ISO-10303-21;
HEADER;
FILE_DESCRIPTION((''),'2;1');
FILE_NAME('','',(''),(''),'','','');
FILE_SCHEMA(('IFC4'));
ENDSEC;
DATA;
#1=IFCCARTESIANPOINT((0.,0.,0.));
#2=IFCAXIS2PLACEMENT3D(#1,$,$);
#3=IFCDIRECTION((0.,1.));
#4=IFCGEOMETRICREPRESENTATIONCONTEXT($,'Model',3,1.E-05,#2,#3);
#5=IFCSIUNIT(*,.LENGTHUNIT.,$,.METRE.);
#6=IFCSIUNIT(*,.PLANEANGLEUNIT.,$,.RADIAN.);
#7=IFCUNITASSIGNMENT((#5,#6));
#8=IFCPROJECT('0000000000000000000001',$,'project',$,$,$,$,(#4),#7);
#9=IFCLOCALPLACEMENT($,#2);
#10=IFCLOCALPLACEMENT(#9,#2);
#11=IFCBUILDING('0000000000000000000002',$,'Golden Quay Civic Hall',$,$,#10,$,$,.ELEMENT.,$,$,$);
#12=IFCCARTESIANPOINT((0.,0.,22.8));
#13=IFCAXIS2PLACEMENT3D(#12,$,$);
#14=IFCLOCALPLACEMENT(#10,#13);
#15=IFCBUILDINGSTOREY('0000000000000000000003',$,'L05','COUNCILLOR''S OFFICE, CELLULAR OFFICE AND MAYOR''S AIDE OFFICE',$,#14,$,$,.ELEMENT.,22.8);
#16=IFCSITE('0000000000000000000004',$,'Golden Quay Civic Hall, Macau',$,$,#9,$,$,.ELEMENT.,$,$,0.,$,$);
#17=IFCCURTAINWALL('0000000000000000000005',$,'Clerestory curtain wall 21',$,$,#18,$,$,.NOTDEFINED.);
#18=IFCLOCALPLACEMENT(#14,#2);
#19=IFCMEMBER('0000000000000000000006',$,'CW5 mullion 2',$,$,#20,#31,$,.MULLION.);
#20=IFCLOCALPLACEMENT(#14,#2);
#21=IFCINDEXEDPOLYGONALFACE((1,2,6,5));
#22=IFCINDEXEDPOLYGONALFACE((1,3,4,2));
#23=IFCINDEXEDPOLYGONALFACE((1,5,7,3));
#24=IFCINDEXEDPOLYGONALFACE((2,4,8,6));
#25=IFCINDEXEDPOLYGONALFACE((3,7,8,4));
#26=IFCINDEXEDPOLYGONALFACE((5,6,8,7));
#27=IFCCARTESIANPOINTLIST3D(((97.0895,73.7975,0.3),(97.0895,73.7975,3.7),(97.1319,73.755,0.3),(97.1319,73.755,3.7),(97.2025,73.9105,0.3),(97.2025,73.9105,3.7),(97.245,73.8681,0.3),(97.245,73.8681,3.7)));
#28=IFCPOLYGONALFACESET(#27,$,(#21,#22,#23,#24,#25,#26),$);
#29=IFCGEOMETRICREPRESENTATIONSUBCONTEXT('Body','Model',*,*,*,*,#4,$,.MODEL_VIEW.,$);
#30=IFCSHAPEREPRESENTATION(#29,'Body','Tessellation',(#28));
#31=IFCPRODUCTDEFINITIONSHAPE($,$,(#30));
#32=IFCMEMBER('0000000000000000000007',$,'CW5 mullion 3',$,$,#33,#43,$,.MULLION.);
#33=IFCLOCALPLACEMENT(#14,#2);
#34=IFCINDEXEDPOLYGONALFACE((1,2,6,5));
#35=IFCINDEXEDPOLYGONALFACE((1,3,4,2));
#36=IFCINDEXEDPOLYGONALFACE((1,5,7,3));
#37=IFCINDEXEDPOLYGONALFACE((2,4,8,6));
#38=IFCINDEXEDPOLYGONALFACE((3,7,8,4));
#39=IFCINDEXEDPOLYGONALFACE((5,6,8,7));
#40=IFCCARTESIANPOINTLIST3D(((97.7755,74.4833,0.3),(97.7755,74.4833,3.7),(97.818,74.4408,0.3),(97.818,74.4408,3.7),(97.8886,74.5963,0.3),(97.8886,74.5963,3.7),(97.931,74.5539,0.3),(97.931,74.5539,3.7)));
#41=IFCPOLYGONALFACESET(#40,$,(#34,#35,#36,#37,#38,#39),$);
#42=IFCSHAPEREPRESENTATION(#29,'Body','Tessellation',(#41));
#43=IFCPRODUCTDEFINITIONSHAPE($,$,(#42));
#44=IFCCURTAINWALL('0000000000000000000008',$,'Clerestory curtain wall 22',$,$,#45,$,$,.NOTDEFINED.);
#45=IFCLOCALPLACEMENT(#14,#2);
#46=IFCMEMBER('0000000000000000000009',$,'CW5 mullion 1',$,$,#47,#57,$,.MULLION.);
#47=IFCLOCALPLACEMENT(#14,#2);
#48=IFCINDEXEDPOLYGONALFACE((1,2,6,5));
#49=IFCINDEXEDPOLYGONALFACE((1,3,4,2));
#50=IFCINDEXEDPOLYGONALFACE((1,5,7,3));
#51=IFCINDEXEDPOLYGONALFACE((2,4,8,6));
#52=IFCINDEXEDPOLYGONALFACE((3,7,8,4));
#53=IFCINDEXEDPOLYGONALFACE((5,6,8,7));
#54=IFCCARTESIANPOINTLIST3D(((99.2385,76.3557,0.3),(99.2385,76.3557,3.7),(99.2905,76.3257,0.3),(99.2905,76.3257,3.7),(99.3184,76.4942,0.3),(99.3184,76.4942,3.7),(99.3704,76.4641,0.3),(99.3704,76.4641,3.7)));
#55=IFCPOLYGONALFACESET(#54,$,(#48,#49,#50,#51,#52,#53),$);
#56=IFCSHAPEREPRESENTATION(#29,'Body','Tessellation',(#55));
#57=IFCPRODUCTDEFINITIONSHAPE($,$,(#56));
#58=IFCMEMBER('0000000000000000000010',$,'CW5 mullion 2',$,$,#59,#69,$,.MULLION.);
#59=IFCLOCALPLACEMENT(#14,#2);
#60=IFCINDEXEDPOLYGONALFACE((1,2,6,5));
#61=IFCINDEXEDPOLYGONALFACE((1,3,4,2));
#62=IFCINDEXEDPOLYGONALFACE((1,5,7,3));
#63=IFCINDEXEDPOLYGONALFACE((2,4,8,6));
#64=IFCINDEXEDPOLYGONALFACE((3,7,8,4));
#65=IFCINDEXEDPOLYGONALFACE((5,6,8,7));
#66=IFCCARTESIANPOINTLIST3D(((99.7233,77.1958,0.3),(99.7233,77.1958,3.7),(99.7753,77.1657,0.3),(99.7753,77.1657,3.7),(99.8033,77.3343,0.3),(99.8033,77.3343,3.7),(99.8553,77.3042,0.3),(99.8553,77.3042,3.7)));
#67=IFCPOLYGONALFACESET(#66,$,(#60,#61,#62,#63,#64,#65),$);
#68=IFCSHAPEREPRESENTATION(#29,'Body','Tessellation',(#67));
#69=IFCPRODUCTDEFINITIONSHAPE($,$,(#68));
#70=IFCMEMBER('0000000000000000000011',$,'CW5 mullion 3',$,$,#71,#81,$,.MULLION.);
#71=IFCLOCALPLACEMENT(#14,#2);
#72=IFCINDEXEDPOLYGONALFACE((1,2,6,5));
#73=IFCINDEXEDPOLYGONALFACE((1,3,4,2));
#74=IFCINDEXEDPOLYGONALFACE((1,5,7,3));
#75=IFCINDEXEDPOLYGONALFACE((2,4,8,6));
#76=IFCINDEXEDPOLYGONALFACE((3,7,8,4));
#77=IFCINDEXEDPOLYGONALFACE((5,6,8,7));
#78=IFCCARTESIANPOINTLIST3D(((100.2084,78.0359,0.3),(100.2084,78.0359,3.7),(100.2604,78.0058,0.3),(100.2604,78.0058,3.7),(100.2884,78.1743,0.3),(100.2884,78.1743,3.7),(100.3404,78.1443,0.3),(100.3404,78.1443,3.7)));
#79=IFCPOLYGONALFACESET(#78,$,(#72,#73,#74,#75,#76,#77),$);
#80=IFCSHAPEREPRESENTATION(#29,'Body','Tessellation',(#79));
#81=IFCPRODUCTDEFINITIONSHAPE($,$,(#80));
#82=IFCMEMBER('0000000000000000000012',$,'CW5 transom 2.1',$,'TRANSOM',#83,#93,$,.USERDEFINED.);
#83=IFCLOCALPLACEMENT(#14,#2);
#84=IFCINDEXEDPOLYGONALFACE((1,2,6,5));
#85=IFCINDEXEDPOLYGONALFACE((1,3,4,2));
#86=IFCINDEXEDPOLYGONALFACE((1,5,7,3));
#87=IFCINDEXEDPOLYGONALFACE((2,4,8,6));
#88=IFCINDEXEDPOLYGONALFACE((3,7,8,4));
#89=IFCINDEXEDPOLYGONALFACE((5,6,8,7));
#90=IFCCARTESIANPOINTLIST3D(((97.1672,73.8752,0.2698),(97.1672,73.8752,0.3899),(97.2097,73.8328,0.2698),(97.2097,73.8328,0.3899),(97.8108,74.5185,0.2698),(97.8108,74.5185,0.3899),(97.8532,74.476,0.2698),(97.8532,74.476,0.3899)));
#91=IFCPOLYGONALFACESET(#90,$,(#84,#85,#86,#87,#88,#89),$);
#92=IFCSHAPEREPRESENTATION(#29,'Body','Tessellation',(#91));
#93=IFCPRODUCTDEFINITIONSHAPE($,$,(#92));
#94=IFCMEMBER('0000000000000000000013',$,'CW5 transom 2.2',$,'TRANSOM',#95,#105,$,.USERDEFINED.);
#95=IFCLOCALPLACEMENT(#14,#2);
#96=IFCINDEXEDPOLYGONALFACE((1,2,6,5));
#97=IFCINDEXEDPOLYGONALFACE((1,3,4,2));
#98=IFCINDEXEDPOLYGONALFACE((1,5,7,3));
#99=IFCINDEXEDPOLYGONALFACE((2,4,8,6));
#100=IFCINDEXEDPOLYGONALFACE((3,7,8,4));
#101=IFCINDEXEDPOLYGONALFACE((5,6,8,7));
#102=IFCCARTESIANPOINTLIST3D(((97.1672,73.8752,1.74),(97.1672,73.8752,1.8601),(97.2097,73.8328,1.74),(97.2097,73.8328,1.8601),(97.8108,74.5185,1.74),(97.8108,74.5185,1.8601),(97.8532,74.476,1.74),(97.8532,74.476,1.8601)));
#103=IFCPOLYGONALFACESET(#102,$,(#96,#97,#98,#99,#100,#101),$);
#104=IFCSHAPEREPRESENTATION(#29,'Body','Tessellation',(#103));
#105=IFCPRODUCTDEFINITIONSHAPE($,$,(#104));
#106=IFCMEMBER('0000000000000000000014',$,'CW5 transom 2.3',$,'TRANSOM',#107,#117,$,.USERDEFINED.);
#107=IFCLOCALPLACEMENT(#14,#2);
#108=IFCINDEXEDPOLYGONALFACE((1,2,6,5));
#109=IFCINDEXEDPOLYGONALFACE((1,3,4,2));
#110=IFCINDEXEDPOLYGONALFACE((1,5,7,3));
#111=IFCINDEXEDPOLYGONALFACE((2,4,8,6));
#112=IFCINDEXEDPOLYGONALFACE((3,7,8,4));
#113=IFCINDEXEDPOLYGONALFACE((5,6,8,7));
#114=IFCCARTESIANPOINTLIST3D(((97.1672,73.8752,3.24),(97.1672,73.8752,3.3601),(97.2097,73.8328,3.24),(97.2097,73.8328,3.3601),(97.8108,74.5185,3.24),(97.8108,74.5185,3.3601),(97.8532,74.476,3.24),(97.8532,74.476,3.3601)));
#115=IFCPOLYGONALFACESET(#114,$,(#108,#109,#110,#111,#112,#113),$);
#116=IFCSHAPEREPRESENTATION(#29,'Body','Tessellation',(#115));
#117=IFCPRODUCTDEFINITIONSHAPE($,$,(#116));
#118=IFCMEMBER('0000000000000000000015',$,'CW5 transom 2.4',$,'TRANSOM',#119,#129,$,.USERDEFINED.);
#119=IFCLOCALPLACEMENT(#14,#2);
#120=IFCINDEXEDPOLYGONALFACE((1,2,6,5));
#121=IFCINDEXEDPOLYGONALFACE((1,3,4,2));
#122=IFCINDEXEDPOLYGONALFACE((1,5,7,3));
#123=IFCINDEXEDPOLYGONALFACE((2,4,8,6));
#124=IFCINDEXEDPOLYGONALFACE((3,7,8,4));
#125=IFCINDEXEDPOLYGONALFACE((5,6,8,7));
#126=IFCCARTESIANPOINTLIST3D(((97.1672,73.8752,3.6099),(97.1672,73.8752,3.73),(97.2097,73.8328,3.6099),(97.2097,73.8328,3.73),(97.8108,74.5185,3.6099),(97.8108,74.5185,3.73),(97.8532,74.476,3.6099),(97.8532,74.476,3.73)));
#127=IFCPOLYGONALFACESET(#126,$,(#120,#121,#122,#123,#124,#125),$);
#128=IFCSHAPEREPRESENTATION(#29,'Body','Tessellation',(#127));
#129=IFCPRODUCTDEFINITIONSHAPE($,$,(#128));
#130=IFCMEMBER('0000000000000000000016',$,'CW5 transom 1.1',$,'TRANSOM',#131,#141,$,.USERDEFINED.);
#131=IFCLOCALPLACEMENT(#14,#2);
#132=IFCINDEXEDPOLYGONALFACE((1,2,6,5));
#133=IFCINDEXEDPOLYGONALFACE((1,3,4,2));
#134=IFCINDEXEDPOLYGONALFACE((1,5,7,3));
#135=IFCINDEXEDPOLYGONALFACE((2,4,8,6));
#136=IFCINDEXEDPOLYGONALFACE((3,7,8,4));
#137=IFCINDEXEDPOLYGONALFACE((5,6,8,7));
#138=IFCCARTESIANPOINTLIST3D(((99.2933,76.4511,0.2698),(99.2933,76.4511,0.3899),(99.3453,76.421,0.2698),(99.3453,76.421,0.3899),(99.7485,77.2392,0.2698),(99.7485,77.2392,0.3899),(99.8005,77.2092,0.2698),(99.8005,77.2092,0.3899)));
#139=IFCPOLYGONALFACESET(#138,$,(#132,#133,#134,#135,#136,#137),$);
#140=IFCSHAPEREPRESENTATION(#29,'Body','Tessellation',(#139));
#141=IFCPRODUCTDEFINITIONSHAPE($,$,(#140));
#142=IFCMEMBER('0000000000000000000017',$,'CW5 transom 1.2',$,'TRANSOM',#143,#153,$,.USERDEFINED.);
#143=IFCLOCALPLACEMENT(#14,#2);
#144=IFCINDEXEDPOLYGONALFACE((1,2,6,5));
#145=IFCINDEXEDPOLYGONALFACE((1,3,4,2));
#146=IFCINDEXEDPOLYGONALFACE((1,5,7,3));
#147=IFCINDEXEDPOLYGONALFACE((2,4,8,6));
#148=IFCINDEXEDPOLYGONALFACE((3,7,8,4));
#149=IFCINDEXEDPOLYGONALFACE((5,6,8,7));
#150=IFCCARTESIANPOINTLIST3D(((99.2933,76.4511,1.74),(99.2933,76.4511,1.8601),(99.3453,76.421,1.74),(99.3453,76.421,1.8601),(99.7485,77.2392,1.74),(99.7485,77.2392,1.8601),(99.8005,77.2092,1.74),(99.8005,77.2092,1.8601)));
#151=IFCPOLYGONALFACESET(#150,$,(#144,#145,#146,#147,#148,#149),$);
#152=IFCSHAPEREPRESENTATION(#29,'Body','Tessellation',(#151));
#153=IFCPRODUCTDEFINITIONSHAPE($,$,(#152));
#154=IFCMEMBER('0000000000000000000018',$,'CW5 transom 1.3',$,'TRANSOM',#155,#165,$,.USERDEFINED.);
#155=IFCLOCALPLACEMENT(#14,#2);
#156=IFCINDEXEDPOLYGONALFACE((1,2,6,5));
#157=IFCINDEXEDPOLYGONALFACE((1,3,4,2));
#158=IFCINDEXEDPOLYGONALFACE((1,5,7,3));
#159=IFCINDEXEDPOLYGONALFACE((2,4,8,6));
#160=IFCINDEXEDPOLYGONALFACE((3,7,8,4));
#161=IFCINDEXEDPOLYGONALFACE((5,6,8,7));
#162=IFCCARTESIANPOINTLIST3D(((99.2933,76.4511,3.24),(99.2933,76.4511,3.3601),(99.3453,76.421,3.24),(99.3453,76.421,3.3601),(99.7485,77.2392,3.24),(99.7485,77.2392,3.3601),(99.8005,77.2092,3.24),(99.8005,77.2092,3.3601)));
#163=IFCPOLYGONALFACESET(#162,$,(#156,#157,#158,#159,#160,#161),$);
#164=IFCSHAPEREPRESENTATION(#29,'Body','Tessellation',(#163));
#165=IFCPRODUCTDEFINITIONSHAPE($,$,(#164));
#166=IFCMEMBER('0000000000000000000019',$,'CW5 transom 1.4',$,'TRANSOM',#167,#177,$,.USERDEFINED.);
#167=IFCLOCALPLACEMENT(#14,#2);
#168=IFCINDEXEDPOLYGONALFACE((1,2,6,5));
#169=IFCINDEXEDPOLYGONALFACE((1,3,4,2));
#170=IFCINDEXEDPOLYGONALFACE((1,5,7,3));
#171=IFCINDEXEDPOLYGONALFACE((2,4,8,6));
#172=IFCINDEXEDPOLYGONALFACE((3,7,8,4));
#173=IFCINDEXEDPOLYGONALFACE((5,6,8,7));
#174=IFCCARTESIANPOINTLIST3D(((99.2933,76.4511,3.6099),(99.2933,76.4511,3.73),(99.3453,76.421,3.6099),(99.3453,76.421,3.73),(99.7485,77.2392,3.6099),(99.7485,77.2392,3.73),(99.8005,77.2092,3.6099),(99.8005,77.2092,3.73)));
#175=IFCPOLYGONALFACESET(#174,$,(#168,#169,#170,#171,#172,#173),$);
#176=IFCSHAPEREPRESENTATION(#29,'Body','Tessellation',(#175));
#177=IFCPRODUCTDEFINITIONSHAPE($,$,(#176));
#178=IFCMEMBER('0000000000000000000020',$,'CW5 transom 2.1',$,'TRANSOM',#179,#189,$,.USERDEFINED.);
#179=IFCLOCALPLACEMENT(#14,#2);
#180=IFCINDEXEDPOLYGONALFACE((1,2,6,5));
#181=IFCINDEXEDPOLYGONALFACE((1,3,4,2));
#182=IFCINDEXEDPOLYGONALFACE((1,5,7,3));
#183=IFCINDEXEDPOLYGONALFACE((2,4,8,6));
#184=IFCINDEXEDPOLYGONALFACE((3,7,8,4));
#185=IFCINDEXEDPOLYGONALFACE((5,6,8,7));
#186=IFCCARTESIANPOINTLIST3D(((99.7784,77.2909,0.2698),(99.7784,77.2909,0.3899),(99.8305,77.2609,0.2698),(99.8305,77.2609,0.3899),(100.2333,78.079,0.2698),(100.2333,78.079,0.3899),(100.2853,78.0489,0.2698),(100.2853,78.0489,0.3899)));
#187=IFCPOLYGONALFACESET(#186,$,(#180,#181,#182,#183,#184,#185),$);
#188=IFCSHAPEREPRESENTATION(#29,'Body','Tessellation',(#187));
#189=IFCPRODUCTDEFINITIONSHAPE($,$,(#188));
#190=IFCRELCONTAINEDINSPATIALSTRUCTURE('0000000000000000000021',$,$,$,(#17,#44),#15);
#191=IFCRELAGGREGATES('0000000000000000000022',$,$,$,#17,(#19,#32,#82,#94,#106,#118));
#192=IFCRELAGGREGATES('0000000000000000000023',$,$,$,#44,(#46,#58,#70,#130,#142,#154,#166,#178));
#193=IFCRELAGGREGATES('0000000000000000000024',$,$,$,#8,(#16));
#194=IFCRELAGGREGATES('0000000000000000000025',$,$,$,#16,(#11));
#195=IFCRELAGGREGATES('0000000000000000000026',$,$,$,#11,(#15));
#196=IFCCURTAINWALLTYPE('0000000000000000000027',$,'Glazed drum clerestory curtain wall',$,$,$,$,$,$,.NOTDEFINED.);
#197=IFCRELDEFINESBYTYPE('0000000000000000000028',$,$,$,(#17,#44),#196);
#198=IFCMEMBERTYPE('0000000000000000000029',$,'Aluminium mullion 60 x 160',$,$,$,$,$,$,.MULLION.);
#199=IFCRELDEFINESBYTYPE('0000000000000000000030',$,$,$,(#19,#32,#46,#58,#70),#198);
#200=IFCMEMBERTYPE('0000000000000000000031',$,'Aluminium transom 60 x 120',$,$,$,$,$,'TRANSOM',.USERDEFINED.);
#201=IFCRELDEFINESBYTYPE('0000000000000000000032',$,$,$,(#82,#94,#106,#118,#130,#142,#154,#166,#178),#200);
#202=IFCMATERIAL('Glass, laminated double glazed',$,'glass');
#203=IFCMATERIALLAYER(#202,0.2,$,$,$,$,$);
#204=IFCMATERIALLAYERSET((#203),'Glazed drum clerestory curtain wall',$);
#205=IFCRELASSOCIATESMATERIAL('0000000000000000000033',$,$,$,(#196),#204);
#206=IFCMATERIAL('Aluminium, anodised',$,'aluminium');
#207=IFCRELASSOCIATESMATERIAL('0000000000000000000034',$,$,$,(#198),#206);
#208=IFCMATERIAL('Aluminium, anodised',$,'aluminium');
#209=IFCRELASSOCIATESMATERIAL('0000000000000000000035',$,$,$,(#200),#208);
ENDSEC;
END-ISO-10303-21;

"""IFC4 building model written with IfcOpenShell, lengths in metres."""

from ifc_helpers import new_model, si_unit, direction, frame, origin, origin_2d, place, context, subcontext, project, spatial, rectangle, extrude, material, layer, layer_set, material_profile, profile_set, type_object, element, aggregate, save


model = new_model("IFC4")

# Units and contexts
model_context = context("Model", 3, precision=1e-05, world=origin(), true_north=direction((0.0, 1.0)))
body_context = subcontext(model_context, "Body", "Model", "MODEL_VIEW")
ifc_project = project(units=[si_unit("LENGTHUNIT", "METRE"), si_unit("PLANEANGLEUNIT", "RADIAN")], contexts=[model_context])

# Site, building, storey
site_placement = place(None, origin())
site = spatial("IfcSite", under=ifc_project, at=site_placement, Name="Golden Quay Civic Hall, Macau", CompositionType="ELEMENT", RefElevation=0.0)
building_placement = place(site_placement, origin())
building = spatial("IfcBuilding", under=site, at=building_placement, Name="Golden Quay Civic Hall", CompositionType="ELEMENT")
storey_placement = place(building_placement, frame((0.0, 0.0, 22.8)))
storey = spatial("IfcBuildingStorey", under=building, at=storey_placement, Name="L05", Description="COUNCILLOR'S OFFICE, CELLULAR OFFICE AND MAYOR'S AIDE OFFICE", CompositionType="ELEMENT", Elevation=22.8)

# Curtain walls, members
ifc_material_1 = material(Name="Glass, laminated double glazed", Category="glass")
ifc_layer_1 = layer(ifc_material_1, 0.2)
ifc_layer_set_1 = layer_set([ifc_layer_1], Name="Glazed drum clerestory curtain wall")
curtain_wall_type = type_object("IfcCurtainWallType", Name="Glazed drum clerestory curtain wall", PredefinedType="NOTDEFINED", material=ifc_layer_set_1)
curtain_wall_1_placement = place(storey_placement, origin())
curtain_wall_1 = element("IfcCurtainWall", 1, at=curtain_wall_1_placement, inside=storey, type_object=curtain_wall_type, Name="Clerestory curtain wall 21", PredefinedType="NOTDEFINED")
ifc_material_2 = material(Name="Aluminium, anodised", Category="aluminium")
ifc_material_profile_1 = material_profile(ifc_material_2, rectangle(XDim=0.0601, YDim=0.1599, at=origin_2d()), Name="Aluminium 60 x 160")
ifc_profile_set_1 = profile_set([ifc_material_profile_1], Name="Aluminium, anodised")
member_type_1 = type_object("IfcMemberType", Name="Aluminium mullion 60 x 160", PredefinedType="MULLION", material=ifc_profile_set_1)
member_1_placement = place(storey_placement, frame((97.1672, 73.8328, 0.3), z_axis=(0.0, 0.0, 1.0), x_axis=(-0.707107, 0.707107, 0.0)))
member_1 = element("IfcMember", 2, at=member_1_placement, type_object=member_type_1, Name="CW5 mullion 2", PredefinedType="MULLION", context=body_context, shape_type="SweptSolid", body=[
    extrude(rectangle(XDim=0.0601, YDim=0.1599, at=origin_2d()), origin(), (0.0, 0.0, 1.0), 3.3999),
])
member_2_placement = place(storey_placement, frame((97.8533, 74.5186, 0.3), z_axis=(0.0, 0.0, 1.0), x_axis=(-0.707107, 0.707107, 0.0)))
member_2 = element("IfcMember", 3, at=member_2_placement, type_object=member_type_1, Name="CW5 mullion 3", PredefinedType="MULLION", context=body_context, shape_type="SweptSolid", body=[
    extrude(rectangle(XDim=0.0601, YDim=0.1599, at=origin_2d()), origin(), (0.0, 0.0, 1.0), 3.3999),
])
curtain_wall_2_placement = place(storey_placement, origin())
curtain_wall_2 = element("IfcCurtainWall", 4, at=curtain_wall_2_placement, inside=storey, type_object=curtain_wall_type, Name="Clerestory curtain wall 22", PredefinedType="NOTDEFINED")
member_3_placement = place(storey_placement, frame((99.3044, 76.4099, 0.3), z_axis=(0.0, 0.0, 1.0), x_axis=(-0.866019, 0.500011, 0.0)))
member_3 = element("IfcMember", 5, at=member_3_placement, type_object=member_type_1, Name="CW5 mullion 1", PredefinedType="MULLION", context=body_context, shape_type="SweptSolid", body=[
    extrude(rectangle(XDim=0.0601, YDim=0.1599, at=origin_2d()), origin(), (0.0, 0.0, 1.0), 3.3999),
])
member_4_placement = place(storey_placement, frame((99.7893, 77.25, 0.3), z_axis=(0.0, 0.0, 1.0), x_axis=(-0.866019, 0.500011, 0.0)))
member_4 = element("IfcMember", 6, at=member_4_placement, type_object=member_type_1, Name="CW5 mullion 2", PredefinedType="MULLION", context=body_context, shape_type="SweptSolid", body=[
    extrude(rectangle(XDim=0.0601, YDim=0.1599, at=origin_2d()), origin(), (0.0, 0.0, 1.0), 3.3999),
])
member_5_placement = place(storey_placement, frame((100.2744, 78.0901, 0.3), z_axis=(0.0, 0.0, 1.0), x_axis=(-0.866019, 0.500011, 0.0)))
member_5 = element("IfcMember", 7, at=member_5_placement, type_object=member_type_1, Name="CW5 mullion 3", PredefinedType="MULLION", context=body_context, shape_type="SweptSolid", body=[
    extrude(rectangle(XDim=0.0601, YDim=0.1599, at=origin_2d()), origin(), (0.0, 0.0, 1.0), 3.3999),
])

# Members
ifc_material_3 = material(Name="Aluminium, anodised", Category="aluminium")
ifc_material_profile_2 = material_profile(ifc_material_3, rectangle(XDim=0.0601, YDim=0.1201, at=origin_2d()), Name="Aluminium 60 x 120")
ifc_profile_set_2 = profile_set([ifc_material_profile_2], Name="Aluminium, anodised")
member_type_2 = type_object("IfcMemberType", Name="Aluminium transom 60 x 120", ElementType="TRANSOM", PredefinedType="USERDEFINED", material=ifc_profile_set_2)
member_6_placement = place(storey_placement, frame((97.1885, 73.854, 0.3298), z_axis=(0.707241, 0.706973, 0.0), x_axis=(-0.706973, 0.707241, 0.0)))
member_6 = element("IfcMember", 8, at=member_6_placement, type_object=member_type_2, Name="CW5 transom 2.1", ObjectType="TRANSOM", PredefinedType="USERDEFINED", context=body_context, shape_type="SweptSolid", body=[
    extrude(rectangle(XDim=0.0601, YDim=0.1201, at=origin_2d()), origin(), (0.0, 0.0, 1.0), 0.9099),
])
member_7_placement = place(storey_placement, frame((97.1885, 73.854, 1.8), z_axis=(0.707241, 0.706973, 0.0), x_axis=(-0.706973, 0.707241, 0.0)))
member_7 = element("IfcMember", 9, at=member_7_placement, type_object=member_type_2, Name="CW5 transom 2.2", ObjectType="TRANSOM", PredefinedType="USERDEFINED", context=body_context, shape_type="SweptSolid", body=[
    extrude(rectangle(XDim=0.0601, YDim=0.1201, at=origin_2d()), origin(), (0.0, 0.0, 1.0), 0.9099),
])
member_8_placement = place(storey_placement, frame((97.1885, 73.854, 3.3), z_axis=(0.707241, 0.706973, 0.0), x_axis=(-0.706973, 0.707241, 0.0)))
member_8 = element("IfcMember", 10, at=member_8_placement, type_object=member_type_2, Name="CW5 transom 2.3", ObjectType="TRANSOM", PredefinedType="USERDEFINED", context=body_context, shape_type="SweptSolid", body=[
    extrude(rectangle(XDim=0.0601, YDim=0.1201, at=origin_2d()), origin(), (0.0, 0.0, 1.0), 0.9099),
])
member_9_placement = place(storey_placement, frame((97.1885, 73.854, 3.6699), z_axis=(0.707241, 0.706973, 0.0), x_axis=(-0.706973, 0.707241, 0.0)))
member_9 = element("IfcMember", 11, at=member_9_placement, type_object=member_type_2, Name="CW5 transom 2.4", ObjectType="TRANSOM", PredefinedType="USERDEFINED", context=body_context, shape_type="SweptSolid", body=[
    extrude(rectangle(XDim=0.0601, YDim=0.1201, at=origin_2d()), origin(), (0.0, 0.0, 1.0), 0.9099),
])
member_10_placement = place(storey_placement, frame((99.3193, 76.436, 0.3298), z_axis=(0.500063, 0.865989, 0.0), x_axis=(-0.865989, 0.500063, 0.0)))
member_10 = element("IfcMember", 12, at=member_10_placement, type_object=member_type_2, Name="CW5 transom 1.1", ObjectType="TRANSOM", PredefinedType="USERDEFINED", context=body_context, shape_type="SweptSolid", body=[
    extrude(rectangle(XDim=0.0601, YDim=0.1201, at=origin_2d()), origin(), (0.0, 0.0, 1.0), 0.9102),
])
member_11_placement = place(storey_placement, frame((99.3193, 76.436, 1.8), z_axis=(0.500063, 0.865989, 0.0), x_axis=(-0.865989, 0.500063, 0.0)))
member_11 = element("IfcMember", 13, at=member_11_placement, type_object=member_type_2, Name="CW5 transom 1.2", ObjectType="TRANSOM", PredefinedType="USERDEFINED", context=body_context, shape_type="SweptSolid", body=[
    extrude(rectangle(XDim=0.0601, YDim=0.1201, at=origin_2d()), origin(), (0.0, 0.0, 1.0), 0.9102),
])
member_12_placement = place(storey_placement, frame((99.3193, 76.436, 3.3), z_axis=(0.500063, 0.865989, 0.0), x_axis=(-0.865989, 0.500063, 0.0)))
member_12 = element("IfcMember", 14, at=member_12_placement, type_object=member_type_2, Name="CW5 transom 1.3", ObjectType="TRANSOM", PredefinedType="USERDEFINED", context=body_context, shape_type="SweptSolid", body=[
    extrude(rectangle(XDim=0.0601, YDim=0.1201, at=origin_2d()), origin(), (0.0, 0.0, 1.0), 0.9102),
])
member_13_placement = place(storey_placement, frame((99.3193, 76.436, 3.6699), z_axis=(0.500063, 0.865989, 0.0), x_axis=(-0.865989, 0.500063, 0.0)))
member_13 = element("IfcMember", 15, at=member_13_placement, type_object=member_type_2, Name="CW5 transom 1.4", ObjectType="TRANSOM", PredefinedType="USERDEFINED", context=body_context, shape_type="SweptSolid", body=[
    extrude(rectangle(XDim=0.0601, YDim=0.1201, at=origin_2d()), origin(), (0.0, 0.0, 1.0), 0.9102),
])
member_14_placement = place(storey_placement, frame((99.8044, 77.2759, 0.3298), z_axis=(0.499862, 0.866105, 0.0), x_axis=(-0.866105, 0.499862, 0.0)))
member_14 = element("IfcMember", 16, at=member_14_placement, type_object=member_type_2, Name="CW5 transom 2.1", ObjectType="TRANSOM", PredefinedType="USERDEFINED", context=body_context, shape_type="SweptSolid", body=[
    extrude(rectangle(XDim=0.0601, YDim=0.1201, at=origin_2d()), origin(), (0.0, 0.0, 1.0), 0.9099),
])

aggregate(curtain_wall_1, [member_1, member_2, member_6, member_7, member_8, member_9])
aggregate(curtain_wall_2, [member_3, member_4, member_5, member_10, member_11, member_12, member_13, member_14])

save(model, "model.ifc")
